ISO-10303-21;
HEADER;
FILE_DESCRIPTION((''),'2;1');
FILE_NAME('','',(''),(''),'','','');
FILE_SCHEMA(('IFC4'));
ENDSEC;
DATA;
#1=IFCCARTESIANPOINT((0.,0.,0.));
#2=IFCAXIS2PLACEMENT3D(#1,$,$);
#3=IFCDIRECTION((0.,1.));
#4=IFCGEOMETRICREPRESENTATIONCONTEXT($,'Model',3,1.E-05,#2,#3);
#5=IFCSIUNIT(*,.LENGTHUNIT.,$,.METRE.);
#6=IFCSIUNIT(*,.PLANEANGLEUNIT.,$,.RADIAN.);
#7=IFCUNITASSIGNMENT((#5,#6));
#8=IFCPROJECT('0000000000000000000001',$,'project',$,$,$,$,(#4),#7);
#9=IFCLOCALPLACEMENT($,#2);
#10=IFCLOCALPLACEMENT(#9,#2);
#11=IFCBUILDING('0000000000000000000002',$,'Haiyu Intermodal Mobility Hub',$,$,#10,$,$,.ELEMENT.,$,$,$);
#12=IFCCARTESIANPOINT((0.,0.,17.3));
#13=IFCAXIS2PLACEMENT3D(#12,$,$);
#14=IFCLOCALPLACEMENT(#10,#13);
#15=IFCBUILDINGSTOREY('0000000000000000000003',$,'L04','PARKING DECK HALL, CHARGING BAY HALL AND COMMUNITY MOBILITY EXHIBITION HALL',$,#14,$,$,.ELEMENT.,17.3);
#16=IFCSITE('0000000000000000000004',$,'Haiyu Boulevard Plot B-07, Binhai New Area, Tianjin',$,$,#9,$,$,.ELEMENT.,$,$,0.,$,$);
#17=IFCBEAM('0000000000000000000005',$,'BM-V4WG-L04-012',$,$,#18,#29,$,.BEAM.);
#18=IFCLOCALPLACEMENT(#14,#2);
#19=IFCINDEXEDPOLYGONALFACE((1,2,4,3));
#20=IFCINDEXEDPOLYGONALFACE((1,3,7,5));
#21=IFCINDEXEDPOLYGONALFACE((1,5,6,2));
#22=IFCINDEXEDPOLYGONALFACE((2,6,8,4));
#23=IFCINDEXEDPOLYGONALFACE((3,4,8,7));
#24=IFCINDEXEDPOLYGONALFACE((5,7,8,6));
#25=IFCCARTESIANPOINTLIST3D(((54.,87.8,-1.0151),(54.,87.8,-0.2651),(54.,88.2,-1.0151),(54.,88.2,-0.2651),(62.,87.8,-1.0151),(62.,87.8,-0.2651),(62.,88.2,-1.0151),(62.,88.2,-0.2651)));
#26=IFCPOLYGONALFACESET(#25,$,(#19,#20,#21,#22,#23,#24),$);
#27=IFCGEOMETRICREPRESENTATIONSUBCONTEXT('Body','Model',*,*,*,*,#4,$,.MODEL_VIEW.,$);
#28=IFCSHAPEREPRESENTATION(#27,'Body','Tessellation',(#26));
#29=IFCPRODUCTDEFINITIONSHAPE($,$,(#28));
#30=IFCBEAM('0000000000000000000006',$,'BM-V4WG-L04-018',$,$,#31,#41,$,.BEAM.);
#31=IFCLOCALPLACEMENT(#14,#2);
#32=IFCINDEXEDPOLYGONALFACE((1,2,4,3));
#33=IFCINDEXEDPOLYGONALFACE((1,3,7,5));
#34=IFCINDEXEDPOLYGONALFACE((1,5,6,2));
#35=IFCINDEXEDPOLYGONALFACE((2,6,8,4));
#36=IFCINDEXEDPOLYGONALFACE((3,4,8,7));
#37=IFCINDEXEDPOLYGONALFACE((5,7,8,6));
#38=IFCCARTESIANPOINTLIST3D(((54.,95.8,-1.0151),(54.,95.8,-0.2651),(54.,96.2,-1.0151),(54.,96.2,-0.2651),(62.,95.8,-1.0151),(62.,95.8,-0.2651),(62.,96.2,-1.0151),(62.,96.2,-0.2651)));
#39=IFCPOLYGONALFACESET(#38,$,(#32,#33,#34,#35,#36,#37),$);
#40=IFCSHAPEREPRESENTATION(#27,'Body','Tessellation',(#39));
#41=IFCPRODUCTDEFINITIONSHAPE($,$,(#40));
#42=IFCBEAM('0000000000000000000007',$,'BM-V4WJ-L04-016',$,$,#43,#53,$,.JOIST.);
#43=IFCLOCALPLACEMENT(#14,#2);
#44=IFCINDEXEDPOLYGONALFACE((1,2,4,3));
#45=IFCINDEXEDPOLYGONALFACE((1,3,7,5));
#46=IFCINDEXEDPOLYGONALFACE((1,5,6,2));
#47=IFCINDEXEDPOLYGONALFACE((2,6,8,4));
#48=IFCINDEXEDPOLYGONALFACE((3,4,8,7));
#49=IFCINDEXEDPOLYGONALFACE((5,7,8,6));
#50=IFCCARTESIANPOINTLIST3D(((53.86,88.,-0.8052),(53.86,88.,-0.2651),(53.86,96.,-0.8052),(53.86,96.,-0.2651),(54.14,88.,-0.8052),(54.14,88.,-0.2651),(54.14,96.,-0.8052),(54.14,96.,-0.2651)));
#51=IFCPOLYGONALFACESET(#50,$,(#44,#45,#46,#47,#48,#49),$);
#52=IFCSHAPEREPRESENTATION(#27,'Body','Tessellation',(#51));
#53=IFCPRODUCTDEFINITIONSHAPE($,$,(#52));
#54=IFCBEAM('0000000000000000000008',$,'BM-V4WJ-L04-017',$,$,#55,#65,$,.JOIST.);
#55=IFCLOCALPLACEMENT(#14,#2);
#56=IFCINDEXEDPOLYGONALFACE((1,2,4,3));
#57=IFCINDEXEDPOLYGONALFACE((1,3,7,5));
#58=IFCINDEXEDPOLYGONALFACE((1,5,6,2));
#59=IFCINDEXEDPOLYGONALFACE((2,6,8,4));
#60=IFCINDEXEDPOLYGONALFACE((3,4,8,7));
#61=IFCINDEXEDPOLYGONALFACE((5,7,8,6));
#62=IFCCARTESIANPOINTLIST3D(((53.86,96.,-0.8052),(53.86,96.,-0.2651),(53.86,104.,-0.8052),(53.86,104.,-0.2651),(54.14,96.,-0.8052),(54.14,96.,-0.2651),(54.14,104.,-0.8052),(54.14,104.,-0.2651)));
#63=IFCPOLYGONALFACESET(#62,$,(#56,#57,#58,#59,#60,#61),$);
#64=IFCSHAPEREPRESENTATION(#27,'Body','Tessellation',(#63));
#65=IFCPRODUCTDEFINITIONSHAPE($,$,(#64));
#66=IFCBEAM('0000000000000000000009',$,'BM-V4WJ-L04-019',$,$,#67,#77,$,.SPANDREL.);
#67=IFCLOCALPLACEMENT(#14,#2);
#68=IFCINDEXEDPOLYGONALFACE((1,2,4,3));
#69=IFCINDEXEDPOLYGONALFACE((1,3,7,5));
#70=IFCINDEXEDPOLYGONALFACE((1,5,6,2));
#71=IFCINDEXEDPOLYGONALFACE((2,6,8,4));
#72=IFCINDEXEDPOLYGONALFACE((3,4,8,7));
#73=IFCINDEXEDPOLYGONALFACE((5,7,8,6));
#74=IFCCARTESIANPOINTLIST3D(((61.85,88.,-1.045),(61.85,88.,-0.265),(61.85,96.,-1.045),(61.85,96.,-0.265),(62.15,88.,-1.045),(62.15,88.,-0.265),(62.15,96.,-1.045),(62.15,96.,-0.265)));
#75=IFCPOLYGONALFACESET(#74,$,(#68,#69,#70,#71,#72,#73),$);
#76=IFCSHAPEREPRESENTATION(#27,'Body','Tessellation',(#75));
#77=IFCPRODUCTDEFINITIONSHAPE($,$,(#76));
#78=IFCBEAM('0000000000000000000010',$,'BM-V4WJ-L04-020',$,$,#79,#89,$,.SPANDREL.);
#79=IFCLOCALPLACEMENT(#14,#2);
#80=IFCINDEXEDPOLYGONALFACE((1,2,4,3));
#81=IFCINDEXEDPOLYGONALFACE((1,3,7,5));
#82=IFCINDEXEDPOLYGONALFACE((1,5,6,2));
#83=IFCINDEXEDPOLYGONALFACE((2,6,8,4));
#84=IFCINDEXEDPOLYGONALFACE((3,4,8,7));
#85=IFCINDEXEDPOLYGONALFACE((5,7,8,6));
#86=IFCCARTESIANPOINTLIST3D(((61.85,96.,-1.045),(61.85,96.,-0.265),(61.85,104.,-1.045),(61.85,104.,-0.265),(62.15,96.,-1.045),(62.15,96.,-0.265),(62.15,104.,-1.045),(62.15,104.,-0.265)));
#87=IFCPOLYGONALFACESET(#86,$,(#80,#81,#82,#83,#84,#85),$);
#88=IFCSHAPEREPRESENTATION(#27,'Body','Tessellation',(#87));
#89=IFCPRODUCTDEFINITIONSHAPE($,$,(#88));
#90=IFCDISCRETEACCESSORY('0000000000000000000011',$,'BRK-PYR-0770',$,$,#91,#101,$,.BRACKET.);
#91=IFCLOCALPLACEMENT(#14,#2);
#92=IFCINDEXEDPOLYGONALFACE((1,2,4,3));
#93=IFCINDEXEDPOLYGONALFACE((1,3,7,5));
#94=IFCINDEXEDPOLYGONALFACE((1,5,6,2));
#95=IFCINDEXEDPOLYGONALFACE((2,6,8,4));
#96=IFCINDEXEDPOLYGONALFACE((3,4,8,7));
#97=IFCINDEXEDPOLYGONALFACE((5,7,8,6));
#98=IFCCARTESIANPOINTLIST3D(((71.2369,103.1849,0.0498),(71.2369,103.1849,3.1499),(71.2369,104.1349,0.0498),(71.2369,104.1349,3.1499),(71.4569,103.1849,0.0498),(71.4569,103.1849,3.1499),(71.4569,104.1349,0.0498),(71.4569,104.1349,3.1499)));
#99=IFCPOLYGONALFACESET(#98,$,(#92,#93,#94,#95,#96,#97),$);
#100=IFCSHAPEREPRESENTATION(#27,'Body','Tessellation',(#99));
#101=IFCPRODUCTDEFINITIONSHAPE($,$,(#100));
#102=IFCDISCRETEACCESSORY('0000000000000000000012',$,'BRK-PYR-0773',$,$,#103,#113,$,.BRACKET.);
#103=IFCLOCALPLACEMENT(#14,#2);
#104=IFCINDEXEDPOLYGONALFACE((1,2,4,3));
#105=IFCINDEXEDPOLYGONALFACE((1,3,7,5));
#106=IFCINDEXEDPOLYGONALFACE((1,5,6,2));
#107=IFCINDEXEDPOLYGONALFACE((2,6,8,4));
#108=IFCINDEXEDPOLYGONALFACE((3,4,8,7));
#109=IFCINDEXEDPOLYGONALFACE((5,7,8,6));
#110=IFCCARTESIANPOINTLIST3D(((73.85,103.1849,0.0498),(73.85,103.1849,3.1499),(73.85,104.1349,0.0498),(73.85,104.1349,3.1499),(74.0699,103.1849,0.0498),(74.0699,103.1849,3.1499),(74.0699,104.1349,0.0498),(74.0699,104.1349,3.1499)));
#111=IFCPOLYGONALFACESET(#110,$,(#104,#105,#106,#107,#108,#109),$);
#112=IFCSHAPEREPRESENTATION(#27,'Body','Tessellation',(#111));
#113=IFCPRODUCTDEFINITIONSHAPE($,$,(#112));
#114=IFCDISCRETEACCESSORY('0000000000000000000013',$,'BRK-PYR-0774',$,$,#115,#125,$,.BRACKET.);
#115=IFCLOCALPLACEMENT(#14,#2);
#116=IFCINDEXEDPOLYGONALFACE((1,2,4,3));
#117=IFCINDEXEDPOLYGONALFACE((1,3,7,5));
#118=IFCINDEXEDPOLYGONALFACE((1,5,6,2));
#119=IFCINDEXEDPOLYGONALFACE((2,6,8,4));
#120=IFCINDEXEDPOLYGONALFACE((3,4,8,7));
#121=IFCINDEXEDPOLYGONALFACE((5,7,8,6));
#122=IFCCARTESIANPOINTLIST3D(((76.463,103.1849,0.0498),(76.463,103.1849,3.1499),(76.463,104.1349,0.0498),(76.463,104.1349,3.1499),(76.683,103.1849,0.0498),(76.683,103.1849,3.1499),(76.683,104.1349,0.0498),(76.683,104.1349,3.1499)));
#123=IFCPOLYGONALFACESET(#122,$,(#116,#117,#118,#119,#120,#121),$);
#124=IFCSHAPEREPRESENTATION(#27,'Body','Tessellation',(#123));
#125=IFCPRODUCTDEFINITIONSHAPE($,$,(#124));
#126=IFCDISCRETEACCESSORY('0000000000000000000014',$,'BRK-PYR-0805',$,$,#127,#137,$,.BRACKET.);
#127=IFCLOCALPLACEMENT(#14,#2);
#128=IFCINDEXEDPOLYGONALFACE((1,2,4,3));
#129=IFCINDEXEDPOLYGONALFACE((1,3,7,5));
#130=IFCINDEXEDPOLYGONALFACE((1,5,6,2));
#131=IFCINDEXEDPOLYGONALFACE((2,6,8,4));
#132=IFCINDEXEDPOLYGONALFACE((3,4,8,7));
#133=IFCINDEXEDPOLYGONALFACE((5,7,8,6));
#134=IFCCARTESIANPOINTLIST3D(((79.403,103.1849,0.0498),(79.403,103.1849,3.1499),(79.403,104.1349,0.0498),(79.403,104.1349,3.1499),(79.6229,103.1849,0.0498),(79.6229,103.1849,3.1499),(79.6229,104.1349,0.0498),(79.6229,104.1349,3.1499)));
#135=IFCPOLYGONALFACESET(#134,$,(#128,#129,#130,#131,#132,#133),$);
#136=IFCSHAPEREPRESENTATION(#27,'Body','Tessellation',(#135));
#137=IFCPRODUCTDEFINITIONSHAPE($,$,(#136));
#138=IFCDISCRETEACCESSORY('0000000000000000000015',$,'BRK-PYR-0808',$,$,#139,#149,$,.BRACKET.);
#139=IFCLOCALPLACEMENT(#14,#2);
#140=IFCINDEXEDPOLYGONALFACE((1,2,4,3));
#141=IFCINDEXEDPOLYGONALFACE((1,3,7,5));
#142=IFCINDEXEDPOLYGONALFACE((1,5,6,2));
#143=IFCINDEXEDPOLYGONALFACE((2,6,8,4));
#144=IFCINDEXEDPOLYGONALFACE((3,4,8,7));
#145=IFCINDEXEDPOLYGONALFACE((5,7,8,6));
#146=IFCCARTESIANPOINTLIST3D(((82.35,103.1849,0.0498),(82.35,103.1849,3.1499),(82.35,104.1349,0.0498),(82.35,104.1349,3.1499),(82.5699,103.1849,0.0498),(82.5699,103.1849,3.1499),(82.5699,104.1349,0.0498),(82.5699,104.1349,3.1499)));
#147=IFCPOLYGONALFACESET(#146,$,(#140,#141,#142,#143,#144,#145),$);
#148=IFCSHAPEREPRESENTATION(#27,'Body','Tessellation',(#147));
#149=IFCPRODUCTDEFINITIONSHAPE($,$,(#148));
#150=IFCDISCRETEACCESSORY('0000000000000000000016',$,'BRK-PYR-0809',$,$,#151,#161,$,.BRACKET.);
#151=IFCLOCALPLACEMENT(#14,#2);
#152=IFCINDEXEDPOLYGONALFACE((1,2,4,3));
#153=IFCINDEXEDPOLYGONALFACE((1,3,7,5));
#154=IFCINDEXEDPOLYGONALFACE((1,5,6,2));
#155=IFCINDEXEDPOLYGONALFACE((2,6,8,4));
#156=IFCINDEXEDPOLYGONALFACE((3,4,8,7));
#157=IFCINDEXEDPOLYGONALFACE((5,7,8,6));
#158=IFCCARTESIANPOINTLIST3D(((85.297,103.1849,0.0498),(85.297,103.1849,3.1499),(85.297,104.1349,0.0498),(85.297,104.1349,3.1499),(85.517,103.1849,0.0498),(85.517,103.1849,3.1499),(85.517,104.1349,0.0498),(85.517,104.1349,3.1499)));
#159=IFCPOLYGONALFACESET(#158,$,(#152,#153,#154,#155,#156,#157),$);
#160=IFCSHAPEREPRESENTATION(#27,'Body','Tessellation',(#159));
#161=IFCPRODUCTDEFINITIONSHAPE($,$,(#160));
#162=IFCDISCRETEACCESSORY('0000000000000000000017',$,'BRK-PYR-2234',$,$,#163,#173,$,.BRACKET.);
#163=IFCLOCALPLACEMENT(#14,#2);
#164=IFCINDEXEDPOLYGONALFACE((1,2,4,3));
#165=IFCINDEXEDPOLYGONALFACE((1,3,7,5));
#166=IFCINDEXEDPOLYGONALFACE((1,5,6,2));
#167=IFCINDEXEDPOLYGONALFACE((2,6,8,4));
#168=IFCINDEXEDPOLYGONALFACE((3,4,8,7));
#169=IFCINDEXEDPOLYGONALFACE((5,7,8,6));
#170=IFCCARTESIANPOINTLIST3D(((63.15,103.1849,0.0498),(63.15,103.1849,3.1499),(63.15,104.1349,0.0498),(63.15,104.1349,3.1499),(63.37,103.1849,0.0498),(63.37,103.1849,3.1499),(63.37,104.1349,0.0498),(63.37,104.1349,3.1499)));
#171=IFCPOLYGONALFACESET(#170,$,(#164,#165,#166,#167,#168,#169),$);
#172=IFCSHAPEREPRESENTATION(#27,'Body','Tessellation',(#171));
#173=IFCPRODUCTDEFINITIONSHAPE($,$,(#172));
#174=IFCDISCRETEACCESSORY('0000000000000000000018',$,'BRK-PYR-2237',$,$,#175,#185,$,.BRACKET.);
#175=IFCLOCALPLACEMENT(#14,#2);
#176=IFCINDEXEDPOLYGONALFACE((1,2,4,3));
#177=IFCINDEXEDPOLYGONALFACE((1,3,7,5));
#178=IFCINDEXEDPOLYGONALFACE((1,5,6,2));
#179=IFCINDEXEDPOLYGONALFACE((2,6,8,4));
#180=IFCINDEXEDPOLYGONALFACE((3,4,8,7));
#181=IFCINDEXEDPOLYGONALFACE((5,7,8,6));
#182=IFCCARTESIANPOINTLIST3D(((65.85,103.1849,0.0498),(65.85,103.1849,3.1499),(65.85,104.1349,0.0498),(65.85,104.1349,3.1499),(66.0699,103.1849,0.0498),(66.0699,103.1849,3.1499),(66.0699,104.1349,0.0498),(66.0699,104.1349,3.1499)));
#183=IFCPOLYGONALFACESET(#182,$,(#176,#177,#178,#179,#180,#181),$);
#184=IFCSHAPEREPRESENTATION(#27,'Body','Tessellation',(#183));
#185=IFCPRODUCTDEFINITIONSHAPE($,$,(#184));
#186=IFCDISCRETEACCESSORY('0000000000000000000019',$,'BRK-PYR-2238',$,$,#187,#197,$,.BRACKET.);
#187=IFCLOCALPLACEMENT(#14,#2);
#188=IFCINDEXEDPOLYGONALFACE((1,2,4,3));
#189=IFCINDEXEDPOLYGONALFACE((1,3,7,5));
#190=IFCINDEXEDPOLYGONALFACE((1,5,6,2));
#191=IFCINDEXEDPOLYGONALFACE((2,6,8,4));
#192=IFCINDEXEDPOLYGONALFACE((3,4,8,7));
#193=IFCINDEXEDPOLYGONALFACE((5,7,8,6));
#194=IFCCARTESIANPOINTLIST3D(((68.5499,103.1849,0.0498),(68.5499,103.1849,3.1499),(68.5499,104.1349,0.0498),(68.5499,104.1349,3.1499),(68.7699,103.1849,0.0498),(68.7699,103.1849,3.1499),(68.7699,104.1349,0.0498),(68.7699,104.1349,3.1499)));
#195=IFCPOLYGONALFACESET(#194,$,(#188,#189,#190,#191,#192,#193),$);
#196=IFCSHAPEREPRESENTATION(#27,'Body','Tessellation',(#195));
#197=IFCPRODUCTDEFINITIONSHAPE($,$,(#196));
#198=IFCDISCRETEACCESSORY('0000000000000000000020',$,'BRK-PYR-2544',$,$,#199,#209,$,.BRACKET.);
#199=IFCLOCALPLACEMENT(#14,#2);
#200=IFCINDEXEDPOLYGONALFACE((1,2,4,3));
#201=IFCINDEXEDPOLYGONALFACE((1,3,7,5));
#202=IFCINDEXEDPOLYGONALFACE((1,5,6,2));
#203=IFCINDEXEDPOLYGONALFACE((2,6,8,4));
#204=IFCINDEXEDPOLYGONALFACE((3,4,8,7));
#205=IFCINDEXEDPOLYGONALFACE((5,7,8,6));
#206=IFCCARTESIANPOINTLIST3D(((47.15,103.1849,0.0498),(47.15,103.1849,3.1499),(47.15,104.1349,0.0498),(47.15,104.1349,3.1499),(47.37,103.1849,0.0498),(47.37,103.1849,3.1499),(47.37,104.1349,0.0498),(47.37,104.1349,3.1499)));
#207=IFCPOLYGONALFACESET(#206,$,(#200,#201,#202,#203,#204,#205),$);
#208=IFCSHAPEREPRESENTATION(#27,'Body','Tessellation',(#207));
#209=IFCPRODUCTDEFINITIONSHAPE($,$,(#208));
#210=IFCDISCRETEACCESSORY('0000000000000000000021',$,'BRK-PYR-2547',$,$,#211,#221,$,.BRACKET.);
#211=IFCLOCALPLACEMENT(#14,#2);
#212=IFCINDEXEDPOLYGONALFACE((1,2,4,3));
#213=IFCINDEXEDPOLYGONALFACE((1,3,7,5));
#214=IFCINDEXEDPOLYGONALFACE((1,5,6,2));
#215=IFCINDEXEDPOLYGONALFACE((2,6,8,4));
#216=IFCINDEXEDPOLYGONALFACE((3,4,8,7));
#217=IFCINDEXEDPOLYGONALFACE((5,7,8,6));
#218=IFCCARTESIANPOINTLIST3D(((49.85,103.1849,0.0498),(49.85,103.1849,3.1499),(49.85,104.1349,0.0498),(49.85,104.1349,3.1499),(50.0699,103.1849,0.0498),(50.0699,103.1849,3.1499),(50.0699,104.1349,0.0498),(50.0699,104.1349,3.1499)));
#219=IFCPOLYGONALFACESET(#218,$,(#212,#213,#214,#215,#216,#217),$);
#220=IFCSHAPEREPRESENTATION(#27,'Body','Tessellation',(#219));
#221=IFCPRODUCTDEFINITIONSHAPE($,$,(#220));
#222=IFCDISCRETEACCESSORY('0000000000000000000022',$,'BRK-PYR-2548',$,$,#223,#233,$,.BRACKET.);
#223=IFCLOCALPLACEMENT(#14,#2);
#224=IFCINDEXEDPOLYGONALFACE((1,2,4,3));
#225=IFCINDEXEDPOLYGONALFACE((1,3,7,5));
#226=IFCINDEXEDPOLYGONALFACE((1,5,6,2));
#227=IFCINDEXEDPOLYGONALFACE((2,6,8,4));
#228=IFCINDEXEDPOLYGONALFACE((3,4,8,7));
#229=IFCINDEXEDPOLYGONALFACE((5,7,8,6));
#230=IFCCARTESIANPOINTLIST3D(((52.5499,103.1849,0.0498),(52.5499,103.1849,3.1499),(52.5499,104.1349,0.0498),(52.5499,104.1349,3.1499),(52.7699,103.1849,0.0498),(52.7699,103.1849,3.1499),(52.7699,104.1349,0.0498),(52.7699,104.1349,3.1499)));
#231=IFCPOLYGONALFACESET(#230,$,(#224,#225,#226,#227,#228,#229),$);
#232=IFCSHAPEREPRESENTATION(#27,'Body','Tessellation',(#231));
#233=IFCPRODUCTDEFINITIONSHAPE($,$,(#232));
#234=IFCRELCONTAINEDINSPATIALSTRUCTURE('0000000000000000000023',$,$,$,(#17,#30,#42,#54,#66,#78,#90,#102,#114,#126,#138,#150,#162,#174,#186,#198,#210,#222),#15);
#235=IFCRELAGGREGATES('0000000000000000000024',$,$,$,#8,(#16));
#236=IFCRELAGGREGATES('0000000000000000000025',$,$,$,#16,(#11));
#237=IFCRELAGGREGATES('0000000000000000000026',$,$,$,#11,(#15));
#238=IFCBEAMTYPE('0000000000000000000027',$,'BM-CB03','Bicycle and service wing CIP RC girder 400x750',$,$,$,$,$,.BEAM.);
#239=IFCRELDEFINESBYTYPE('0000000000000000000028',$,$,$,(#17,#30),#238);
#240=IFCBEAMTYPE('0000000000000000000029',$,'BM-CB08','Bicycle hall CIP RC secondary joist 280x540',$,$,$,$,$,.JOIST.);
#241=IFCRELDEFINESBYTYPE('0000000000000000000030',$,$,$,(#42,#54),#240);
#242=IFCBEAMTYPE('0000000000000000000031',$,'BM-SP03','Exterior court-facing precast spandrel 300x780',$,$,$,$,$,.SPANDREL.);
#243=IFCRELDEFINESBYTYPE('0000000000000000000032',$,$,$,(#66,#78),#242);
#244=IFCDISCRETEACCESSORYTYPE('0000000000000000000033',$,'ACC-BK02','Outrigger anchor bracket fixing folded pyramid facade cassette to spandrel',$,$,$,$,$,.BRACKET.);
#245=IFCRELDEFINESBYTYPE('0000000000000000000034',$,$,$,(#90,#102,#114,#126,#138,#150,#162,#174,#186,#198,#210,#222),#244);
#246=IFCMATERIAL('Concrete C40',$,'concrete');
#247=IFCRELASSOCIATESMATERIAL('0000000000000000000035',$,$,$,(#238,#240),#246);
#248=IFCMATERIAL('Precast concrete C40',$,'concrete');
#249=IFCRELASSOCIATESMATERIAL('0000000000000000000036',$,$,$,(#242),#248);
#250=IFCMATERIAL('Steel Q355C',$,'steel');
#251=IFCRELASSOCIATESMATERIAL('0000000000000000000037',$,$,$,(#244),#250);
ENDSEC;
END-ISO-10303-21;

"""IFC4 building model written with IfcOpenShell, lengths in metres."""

from ifc_helpers import new_model, si_unit, direction, frame, origin, origin_2d, place, context, subcontext, project, spatial, rectangle, extrude, material, material_profile, profile_set, type_object, element, save


model = new_model("IFC4")

# Units and contexts
model_context = context("Model", 3, precision=1e-05, world=origin(), true_north=direction((0.0, 1.0)))
body_context = subcontext(model_context, "Body", "Model", "MODEL_VIEW")
ifc_project = project(units=[si_unit("LENGTHUNIT", "METRE"), si_unit("PLANEANGLEUNIT", "RADIAN")], contexts=[model_context])

# Site, building, storey
site_placement = place(None, origin())
site = spatial("IfcSite", under=ifc_project, at=site_placement, Name="Haiyu Boulevard Plot B-07, Binhai New Area, Tianjin", CompositionType="ELEMENT", RefElevation=0.0)
building_placement = place(site_placement, origin())
building = spatial("IfcBuilding", under=site, at=building_placement, Name="Haiyu Intermodal Mobility Hub", CompositionType="ELEMENT")
storey_placement = place(building_placement, frame((0.0, 0.0, 17.3)))
storey = spatial("IfcBuildingStorey", under=building, at=storey_placement, Name="L04", Description="PARKING DECK HALL, CHARGING BAY HALL AND COMMUNITY MOBILITY EXHIBITION HALL", CompositionType="ELEMENT", Elevation=17.3)

# Beams
ifc_material_1 = material(Name="Concrete C40", Category="concrete")
ifc_material_profile_1 = material_profile(ifc_material_1, rectangle(XDim=0.3999, YDim=0.75, at=origin_2d()), Name="RCB400x750")
ifc_profile_set_1 = profile_set([ifc_material_profile_1], Name="Concrete C40")
beam_type_1 = type_object("IfcBeamType", Name="BM-CB03", Description="Bicycle and service wing CIP RC girder 400x750", PredefinedType="BEAM", material=ifc_profile_set_1)
for number, where, z_axis, x_axis, name in (
    (1, (54.0, 88.0, -0.6401), (1.0, 0.0, 0.0), (0.0, 1.0, 0.0), "BM-V4WG-L04-012"),
    (2, (54.0, 96.0, -0.6401), (1.0, 0.0, 0.0), (0.0, 1.0, 0.0), "BM-V4WG-L04-018"),
):
    element("IfcBeam", number, at=place(storey_placement, frame(where, z_axis=z_axis, x_axis=x_axis)), inside=storey, type_object=beam_type_1, Name=name, PredefinedType="BEAM", context=body_context, shape_type="SweptSolid", body=[
        extrude(rectangle(XDim=0.3999, YDim=0.75, at=origin_2d()), origin(), (0.0, 0.0, 1.0), 8.0),
    ])
ifc_material_profile_2 = material_profile(ifc_material_1, rectangle(XDim=0.28, YDim=0.54, at=origin_2d()), Name="RCB280x540")
ifc_profile_set_2 = profile_set([ifc_material_profile_2], Name="Concrete C40")
beam_type_2 = type_object("IfcBeamType", Name="BM-CB08", Description="Bicycle hall CIP RC secondary joist 280x540", PredefinedType="JOIST", material=ifc_profile_set_2)
for number, where, z_axis, x_axis, name in (
    (3, (54.0, 88.0, -0.5352), (0.0, 1.0, 0.0), (-1.0, 0.0, 0.0), "BM-V4WJ-L04-016"),
    (4, (54.0, 96.0, -0.5352), (0.0, 1.0, 0.0), (-1.0, 0.0, 0.0), "BM-V4WJ-L04-017"),
):
    element("IfcBeam", number, at=place(storey_placement, frame(where, z_axis=z_axis, x_axis=x_axis)), inside=storey, type_object=beam_type_2, Name=name, PredefinedType="JOIST", context=body_context, shape_type="SweptSolid", body=[
        extrude(rectangle(XDim=0.28, YDim=0.54, at=origin_2d()), origin(), (0.0, 0.0, 1.0), 8.0),
    ])
ifc_material_2 = material(Name="Precast concrete C40", Category="concrete")
ifc_material_profile_3 = material_profile(ifc_material_2, rectangle(XDim=0.3, YDim=0.78, at=origin_2d()), Name="PC300x780")
ifc_profile_set_3 = profile_set([ifc_material_profile_3], Name="Precast concrete C40")
beam_type_3 = type_object("IfcBeamType", Name="BM-SP03", Description="Exterior court-facing precast spandrel 300x780", PredefinedType="SPANDREL", material=ifc_profile_set_3)
for number, where, z_axis, x_axis, name in (
    (5, (62.0, 88.0, -0.655), (0.0, 1.0, 0.0), (-1.0, 0.0, 0.0), "BM-V4WJ-L04-019"),
    (6, (62.0, 96.0, -0.655), (0.0, 1.0, 0.0), (-1.0, 0.0, 0.0), "BM-V4WJ-L04-020"),
):
    element("IfcBeam", number, at=place(storey_placement, frame(where, z_axis=z_axis, x_axis=x_axis)), inside=storey, type_object=beam_type_3, Name=name, PredefinedType="SPANDREL", context=body_context, shape_type="SweptSolid", body=[
        extrude(rectangle(XDim=0.3, YDim=0.78, at=origin_2d()), origin(), (0.0, 0.0, 1.0), 8.0),
    ])

# Discrete accessories
ifc_material_3 = material(Name="Steel Q355C", Category="steel")
discrete_accessory_type = type_object("IfcDiscreteAccessoryType", Name="ACC-BK02", Description="Outrigger anchor bracket fixing folded pyramid facade cassette to spandrel", PredefinedType="BRACKET", material=ifc_material_3)
for number, where, z_axis, x_axis, name in (
    (7, (71.3469, 103.6599, 0.0498), (0.0, 0.0, 1.0), (1.0, 0.0, 0.0), "BRK-PYR-0770"),
    (8, (73.96, 103.6599, 0.0498), (0.0, 0.0, 1.0), (1.0, 0.0, 0.0), "BRK-PYR-0773"),
    (9, (76.573, 103.6599, 0.0498), (0.0, 0.0, 1.0), (1.0, 0.0, 0.0), "BRK-PYR-0774"),
    (10, (79.5129, 103.6599, 0.0498), (0.0, 0.0, 1.0), (1.0, 0.0, 0.0), "BRK-PYR-0805"),
    (11, (82.46, 103.6599, 0.0498), (0.0, 0.0, 1.0), (1.0, 0.0, 0.0), "BRK-PYR-0808"),
    (12, (85.407, 103.6599, 0.0498), (0.0, 0.0, 1.0), (1.0, 0.0, 0.0), "BRK-PYR-0809"),
    (13, (63.26, 103.6599, 0.0498), (0.0, 0.0, 1.0), (1.0, 0.0, 0.0), "BRK-PYR-2234"),
    (14, (65.96, 103.6599, 0.0498), (0.0, 0.0, 1.0), (1.0, 0.0, 0.0), "BRK-PYR-2237"),
    (15, (68.6599, 103.6599, 0.0498), (0.0, 0.0, 1.0), (1.0, 0.0, 0.0), "BRK-PYR-2238"),
    (16, (47.26, 103.6599, 0.0498), (0.0, 0.0, 1.0), (1.0, 0.0, 0.0), "BRK-PYR-2544"),
    (17, (49.96, 103.6599, 0.0498), (0.0, 0.0, 1.0), (1.0, 0.0, 0.0), "BRK-PYR-2547"),
    (18, (52.6599, 103.6599, 0.0498), (0.0, 0.0, 1.0), (1.0, 0.0, 0.0), "BRK-PYR-2548"),
):
    element("IfcDiscreteAccessory", number, at=place(storey_placement, frame(where, z_axis=z_axis, x_axis=x_axis)), inside=storey, type_object=discrete_accessory_type, Name=name, PredefinedType="BRACKET", context=body_context, shape_type="SweptSolid", body=[
        extrude(rectangle(XDim=0.22, YDim=0.95, at=origin_2d()), origin(), (0.0, 0.0, 1.0), 3.1001),
    ])

save(model, "model.ifc")
